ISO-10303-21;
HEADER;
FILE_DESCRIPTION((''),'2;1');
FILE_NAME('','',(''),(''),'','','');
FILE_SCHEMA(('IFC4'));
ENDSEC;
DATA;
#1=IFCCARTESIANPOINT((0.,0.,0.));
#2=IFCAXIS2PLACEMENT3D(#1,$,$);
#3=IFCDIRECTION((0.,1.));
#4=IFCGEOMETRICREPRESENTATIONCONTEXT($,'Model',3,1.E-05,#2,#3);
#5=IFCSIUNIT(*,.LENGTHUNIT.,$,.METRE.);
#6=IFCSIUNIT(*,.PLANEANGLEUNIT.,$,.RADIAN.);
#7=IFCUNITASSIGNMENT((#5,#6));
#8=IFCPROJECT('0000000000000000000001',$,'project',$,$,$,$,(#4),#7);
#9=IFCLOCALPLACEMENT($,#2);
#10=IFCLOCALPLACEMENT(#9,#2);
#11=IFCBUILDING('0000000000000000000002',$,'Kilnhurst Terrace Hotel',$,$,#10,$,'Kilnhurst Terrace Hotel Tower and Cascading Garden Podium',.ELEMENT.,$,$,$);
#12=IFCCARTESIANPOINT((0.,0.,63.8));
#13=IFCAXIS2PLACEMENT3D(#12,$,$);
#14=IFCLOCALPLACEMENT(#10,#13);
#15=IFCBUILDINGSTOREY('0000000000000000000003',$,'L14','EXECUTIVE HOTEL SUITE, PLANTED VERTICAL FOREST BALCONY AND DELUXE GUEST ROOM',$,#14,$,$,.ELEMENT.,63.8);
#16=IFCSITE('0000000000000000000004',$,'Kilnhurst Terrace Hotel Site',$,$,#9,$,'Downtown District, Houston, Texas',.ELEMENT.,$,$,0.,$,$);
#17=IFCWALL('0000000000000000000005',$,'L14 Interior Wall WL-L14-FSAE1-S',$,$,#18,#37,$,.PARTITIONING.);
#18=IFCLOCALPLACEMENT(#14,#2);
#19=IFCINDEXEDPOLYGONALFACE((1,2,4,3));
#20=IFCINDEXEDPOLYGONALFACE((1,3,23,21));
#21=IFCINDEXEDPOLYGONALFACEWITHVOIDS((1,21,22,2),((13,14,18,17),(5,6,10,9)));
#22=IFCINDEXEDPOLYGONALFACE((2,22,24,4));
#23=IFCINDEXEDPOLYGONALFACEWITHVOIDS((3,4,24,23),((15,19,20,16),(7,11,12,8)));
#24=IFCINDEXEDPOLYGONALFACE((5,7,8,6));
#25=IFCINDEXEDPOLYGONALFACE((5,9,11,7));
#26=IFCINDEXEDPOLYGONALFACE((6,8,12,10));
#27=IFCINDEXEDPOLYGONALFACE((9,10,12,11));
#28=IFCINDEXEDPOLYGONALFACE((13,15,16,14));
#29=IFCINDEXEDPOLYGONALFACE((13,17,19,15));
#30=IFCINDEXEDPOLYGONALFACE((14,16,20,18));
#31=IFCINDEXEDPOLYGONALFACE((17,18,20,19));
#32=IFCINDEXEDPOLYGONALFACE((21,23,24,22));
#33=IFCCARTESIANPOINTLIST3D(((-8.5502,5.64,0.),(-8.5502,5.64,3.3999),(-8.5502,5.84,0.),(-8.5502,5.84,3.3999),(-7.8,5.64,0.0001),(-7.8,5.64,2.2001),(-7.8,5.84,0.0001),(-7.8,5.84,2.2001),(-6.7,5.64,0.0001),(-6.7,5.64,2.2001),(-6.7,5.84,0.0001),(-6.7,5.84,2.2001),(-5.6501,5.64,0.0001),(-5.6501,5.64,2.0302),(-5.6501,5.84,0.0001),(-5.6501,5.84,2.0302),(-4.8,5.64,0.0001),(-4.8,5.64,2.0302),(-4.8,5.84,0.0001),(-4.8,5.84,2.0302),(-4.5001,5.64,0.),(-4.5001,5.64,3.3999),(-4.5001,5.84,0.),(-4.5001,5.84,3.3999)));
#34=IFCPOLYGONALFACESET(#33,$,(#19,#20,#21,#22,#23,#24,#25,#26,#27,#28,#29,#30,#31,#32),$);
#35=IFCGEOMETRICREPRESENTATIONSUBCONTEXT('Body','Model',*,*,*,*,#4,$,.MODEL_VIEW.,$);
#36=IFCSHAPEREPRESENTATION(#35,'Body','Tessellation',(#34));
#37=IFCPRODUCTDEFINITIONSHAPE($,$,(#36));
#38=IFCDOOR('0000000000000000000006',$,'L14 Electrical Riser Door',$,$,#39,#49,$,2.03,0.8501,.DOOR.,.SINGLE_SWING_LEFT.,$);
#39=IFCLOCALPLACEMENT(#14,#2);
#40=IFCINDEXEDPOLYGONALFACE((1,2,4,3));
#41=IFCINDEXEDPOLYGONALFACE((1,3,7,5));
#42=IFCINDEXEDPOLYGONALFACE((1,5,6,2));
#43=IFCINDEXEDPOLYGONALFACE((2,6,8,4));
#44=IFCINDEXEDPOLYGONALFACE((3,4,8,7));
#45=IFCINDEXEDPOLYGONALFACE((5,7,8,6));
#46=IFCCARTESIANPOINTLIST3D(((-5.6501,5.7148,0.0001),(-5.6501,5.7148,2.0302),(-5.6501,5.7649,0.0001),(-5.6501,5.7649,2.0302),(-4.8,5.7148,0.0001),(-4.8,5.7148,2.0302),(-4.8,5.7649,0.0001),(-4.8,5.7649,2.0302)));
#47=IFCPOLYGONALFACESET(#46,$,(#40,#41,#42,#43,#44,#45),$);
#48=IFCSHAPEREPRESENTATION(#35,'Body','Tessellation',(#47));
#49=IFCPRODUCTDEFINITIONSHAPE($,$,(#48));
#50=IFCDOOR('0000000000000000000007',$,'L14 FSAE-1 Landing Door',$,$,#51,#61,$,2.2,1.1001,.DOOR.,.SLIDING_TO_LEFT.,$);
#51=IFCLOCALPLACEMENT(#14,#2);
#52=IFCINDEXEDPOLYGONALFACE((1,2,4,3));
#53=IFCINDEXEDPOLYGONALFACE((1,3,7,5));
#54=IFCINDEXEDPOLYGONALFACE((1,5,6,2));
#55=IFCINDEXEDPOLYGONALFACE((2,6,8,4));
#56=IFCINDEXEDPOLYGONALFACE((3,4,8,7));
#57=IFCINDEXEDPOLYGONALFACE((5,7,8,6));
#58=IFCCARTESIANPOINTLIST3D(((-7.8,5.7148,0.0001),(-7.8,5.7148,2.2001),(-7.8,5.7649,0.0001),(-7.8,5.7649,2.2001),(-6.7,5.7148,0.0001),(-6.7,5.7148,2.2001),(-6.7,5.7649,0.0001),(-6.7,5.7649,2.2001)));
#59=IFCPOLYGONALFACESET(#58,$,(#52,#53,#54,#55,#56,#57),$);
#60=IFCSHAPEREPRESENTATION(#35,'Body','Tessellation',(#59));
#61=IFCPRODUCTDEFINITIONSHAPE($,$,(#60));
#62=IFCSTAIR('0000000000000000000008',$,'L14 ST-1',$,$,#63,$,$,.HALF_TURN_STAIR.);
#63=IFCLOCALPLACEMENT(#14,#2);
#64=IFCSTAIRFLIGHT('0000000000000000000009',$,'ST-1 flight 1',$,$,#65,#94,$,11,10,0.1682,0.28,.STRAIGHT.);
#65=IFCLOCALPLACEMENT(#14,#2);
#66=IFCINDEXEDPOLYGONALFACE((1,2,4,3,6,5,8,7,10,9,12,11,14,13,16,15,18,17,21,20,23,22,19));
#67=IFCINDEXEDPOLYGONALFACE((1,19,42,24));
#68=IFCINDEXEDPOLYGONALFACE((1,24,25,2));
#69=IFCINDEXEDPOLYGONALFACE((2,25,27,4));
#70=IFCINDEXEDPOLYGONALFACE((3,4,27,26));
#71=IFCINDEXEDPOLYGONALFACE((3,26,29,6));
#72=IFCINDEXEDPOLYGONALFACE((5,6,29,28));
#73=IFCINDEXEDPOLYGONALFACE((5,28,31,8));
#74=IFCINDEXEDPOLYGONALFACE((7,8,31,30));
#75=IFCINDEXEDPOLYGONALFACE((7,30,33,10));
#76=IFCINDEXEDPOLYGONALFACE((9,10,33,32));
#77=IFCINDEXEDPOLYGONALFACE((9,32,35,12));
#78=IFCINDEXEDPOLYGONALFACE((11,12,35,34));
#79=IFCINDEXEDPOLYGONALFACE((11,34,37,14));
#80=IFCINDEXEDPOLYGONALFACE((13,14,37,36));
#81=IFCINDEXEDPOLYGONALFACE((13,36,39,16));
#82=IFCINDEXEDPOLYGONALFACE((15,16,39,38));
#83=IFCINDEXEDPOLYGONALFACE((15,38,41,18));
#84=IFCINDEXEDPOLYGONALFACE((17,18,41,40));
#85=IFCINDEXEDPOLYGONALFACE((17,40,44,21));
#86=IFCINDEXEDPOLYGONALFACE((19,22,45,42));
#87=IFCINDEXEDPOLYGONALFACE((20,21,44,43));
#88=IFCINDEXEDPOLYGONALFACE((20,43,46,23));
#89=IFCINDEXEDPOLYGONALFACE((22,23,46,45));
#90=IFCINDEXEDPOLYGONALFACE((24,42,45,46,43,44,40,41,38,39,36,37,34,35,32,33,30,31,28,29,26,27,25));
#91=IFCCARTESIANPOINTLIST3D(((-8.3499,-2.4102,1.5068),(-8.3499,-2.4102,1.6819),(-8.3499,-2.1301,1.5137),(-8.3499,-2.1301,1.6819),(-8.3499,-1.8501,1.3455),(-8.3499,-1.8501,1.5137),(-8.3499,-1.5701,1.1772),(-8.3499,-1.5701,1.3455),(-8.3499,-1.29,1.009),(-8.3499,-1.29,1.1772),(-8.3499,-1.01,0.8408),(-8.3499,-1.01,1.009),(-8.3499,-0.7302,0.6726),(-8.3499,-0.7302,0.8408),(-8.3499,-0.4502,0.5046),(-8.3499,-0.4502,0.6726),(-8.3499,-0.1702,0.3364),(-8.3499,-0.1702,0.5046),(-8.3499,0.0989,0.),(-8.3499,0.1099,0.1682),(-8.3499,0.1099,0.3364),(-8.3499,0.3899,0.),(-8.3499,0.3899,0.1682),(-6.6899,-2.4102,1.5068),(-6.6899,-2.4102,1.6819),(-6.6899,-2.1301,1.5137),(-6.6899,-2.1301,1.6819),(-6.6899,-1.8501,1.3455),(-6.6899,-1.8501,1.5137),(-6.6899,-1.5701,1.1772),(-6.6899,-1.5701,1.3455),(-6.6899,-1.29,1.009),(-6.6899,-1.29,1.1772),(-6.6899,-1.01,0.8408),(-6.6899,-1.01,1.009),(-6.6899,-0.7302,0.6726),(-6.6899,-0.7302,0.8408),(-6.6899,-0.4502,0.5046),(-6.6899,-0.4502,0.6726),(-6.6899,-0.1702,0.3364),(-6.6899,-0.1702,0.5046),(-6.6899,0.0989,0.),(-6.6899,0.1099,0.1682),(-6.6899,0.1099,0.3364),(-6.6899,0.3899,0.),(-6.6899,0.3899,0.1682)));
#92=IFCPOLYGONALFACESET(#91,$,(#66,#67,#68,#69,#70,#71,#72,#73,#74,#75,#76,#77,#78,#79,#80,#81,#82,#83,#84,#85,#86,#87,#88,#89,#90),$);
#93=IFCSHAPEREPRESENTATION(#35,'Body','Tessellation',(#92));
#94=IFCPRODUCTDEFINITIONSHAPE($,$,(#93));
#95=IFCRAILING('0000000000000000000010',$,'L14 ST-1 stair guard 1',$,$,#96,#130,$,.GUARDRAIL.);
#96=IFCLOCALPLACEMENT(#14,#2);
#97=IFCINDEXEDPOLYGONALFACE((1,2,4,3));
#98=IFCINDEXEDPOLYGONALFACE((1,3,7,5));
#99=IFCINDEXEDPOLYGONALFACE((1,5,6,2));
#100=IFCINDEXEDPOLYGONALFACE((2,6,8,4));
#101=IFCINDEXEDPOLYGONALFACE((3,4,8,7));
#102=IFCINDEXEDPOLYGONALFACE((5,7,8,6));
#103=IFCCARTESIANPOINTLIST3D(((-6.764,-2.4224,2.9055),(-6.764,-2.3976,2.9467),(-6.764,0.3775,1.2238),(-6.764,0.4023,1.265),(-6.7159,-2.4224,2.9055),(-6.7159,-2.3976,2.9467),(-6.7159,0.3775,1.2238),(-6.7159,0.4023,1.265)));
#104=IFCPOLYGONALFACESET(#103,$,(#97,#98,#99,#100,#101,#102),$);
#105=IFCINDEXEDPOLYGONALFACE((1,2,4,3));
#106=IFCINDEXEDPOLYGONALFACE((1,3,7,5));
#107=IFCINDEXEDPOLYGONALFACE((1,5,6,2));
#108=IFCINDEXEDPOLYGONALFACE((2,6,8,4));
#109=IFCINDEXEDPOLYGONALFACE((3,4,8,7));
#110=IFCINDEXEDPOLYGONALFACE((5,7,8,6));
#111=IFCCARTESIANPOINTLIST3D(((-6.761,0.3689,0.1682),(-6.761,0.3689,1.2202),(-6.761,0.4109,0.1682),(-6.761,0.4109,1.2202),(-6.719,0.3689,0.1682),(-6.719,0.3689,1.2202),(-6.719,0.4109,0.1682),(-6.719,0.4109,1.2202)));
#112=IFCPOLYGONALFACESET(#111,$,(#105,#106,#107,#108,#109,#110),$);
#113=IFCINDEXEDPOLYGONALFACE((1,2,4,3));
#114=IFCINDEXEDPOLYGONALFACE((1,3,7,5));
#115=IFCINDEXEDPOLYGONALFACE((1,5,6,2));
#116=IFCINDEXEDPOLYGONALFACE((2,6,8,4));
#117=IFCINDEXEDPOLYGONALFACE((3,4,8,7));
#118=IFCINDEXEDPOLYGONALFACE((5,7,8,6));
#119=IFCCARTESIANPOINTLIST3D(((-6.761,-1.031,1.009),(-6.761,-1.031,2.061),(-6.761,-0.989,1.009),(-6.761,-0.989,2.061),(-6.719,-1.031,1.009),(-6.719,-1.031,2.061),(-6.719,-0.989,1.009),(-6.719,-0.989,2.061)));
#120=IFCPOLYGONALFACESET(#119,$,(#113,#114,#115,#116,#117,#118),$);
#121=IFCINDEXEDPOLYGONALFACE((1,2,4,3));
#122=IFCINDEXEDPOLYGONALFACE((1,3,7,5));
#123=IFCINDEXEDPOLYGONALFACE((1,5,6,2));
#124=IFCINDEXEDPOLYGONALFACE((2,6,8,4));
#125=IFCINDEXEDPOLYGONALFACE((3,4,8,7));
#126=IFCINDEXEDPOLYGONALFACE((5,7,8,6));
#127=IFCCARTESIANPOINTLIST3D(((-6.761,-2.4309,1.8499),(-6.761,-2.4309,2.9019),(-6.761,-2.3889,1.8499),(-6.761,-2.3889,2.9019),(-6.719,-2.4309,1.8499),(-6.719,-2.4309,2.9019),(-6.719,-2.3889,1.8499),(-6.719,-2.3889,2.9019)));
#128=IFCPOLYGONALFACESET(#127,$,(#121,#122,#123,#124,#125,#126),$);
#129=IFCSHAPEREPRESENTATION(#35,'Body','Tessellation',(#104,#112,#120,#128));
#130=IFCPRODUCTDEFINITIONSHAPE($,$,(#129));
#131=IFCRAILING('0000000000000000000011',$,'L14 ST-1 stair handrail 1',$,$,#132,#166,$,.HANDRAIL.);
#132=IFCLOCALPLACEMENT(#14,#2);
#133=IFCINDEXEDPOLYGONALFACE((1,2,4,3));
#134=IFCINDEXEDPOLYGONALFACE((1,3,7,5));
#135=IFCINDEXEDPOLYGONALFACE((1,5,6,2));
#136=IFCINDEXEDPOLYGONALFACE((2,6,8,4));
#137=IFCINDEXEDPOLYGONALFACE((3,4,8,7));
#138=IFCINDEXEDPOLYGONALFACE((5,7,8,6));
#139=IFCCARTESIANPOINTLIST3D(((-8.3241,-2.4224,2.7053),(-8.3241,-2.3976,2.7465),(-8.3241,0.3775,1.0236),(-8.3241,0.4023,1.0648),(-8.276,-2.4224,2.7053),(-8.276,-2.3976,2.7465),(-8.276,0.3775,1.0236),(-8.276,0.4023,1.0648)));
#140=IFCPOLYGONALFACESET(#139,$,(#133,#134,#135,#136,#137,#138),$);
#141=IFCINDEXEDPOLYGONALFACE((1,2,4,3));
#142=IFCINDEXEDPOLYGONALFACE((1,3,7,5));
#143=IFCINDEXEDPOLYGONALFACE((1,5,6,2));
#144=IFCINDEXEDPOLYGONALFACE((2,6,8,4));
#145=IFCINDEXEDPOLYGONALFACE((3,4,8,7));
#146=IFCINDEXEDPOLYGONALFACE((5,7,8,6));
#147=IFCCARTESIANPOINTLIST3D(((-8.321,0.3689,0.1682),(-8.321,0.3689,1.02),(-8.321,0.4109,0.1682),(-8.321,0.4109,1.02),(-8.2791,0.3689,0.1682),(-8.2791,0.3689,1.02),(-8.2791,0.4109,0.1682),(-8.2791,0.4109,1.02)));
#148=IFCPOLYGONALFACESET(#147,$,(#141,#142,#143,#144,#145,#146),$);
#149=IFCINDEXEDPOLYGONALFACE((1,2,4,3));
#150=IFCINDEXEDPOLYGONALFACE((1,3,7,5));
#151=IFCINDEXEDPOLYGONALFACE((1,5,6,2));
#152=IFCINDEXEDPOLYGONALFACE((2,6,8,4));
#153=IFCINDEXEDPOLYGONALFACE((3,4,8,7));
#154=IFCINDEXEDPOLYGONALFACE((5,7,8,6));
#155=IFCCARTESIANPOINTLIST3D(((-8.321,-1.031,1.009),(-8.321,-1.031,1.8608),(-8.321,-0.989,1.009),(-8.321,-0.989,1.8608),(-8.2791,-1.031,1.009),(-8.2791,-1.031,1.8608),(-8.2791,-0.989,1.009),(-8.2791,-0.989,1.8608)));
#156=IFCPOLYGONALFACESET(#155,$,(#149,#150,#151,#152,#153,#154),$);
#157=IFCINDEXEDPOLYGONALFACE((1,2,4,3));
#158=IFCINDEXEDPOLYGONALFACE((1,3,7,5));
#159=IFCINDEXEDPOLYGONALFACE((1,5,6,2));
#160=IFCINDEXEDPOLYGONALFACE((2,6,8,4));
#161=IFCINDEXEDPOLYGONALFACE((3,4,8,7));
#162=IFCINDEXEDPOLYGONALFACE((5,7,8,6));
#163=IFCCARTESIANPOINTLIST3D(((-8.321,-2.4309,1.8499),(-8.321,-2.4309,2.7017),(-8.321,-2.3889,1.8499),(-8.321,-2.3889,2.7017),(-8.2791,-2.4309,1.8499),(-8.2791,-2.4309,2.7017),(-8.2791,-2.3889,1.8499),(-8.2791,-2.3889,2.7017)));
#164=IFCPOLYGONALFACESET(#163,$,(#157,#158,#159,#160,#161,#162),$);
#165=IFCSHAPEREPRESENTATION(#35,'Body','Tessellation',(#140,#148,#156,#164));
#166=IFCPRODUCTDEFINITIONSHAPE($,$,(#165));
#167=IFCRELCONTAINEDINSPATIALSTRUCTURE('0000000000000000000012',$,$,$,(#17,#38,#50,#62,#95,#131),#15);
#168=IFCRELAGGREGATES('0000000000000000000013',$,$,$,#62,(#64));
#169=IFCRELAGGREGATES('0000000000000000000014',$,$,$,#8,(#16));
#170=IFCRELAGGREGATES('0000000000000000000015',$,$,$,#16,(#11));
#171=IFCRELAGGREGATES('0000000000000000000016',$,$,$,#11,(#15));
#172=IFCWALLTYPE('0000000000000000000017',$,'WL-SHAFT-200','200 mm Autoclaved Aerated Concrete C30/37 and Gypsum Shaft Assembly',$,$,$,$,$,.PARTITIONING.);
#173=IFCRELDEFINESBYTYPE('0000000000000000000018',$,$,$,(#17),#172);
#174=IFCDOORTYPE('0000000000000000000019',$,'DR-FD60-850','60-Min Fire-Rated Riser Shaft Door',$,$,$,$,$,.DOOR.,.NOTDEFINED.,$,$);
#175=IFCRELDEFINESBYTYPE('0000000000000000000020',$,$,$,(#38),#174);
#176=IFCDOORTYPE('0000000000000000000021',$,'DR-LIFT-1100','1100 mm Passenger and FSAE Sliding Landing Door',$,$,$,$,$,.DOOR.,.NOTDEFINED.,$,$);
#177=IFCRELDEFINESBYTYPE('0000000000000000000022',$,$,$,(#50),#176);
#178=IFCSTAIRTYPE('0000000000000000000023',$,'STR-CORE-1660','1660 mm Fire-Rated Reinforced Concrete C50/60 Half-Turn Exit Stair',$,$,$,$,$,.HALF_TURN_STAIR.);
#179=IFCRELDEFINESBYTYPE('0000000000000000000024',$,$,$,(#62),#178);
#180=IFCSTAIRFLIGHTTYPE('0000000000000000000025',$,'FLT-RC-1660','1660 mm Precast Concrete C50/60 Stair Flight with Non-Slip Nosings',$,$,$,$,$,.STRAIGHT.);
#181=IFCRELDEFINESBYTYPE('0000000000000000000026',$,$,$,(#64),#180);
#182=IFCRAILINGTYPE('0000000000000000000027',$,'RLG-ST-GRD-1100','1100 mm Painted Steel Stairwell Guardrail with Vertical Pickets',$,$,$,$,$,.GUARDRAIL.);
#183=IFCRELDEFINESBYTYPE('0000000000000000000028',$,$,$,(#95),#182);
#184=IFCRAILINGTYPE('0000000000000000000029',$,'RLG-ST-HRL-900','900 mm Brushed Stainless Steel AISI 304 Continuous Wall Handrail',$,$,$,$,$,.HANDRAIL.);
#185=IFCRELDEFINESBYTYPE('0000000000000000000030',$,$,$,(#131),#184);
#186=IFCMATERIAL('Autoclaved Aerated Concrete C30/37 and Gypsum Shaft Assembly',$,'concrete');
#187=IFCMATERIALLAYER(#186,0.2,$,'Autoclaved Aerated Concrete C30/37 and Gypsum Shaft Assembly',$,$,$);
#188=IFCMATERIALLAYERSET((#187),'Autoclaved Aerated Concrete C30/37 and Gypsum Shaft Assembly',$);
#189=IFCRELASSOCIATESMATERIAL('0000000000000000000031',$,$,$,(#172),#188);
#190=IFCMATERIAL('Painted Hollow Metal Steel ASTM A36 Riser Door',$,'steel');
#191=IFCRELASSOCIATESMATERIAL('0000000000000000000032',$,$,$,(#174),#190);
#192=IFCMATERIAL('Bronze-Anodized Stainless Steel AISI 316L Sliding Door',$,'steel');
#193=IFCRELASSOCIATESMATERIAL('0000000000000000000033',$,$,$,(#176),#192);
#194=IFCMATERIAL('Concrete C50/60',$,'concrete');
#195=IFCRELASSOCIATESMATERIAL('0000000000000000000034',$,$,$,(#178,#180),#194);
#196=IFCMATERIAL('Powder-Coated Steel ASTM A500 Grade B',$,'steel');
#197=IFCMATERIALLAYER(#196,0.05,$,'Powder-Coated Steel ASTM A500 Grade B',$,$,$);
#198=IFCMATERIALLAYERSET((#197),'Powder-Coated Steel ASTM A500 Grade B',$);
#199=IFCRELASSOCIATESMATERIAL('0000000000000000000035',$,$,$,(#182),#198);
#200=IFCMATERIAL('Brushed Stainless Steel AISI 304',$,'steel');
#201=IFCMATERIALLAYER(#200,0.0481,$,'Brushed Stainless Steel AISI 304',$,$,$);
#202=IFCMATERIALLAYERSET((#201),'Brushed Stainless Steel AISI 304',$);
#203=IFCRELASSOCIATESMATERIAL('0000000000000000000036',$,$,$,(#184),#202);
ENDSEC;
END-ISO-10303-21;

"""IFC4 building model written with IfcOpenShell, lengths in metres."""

from ifc_helpers import new_model, si_unit, direction, frame, frame_2d, origin, origin_2d, place, context, subcontext, project, spatial, polyline, rectangle, outline, extrude, material, layer, layer_set, type_object, element, fill, aggregate, save


model = new_model("IFC4")

# Units and contexts
model_context = context("Model", 3, precision=1e-05, world=origin(), true_north=direction((0.0, 1.0)))
body_context = subcontext(model_context, "Body", "Model", "MODEL_VIEW")
ifc_project = project(units=[si_unit("LENGTHUNIT", "METRE"), si_unit("PLANEANGLEUNIT", "RADIAN")], contexts=[model_context])

# Site, building, storey
site_placement = place(None, origin())
site = spatial("IfcSite", under=ifc_project, at=site_placement, Name="Kilnhurst Terrace Hotel Site", LongName="Downtown District, Houston, Texas", CompositionType="ELEMENT", RefElevation=0.0)
building_placement = place(site_placement, origin())
building = spatial("IfcBuilding", under=site, at=building_placement, Name="Kilnhurst Terrace Hotel", LongName="Kilnhurst Terrace Hotel Tower and Cascading Garden Podium", CompositionType="ELEMENT")
storey_placement = place(building_placement, frame((0.0, 0.0, 63.8)))
storey = spatial("IfcBuildingStorey", under=building, at=storey_placement, Name="L14", Description="EXECUTIVE HOTEL SUITE, PLANTED VERTICAL FOREST BALCONY AND DELUXE GUEST ROOM", CompositionType="ELEMENT", Elevation=63.8)

# Shared definitions
ifc_material_1 = material(Name="Concrete C50/60", Category="concrete")

# Wall, openings, doors
ifc_material_2 = material(Name="Autoclaved Aerated Concrete C30/37 and Gypsum Shaft Assembly", Category="concrete")
ifc_layer_1 = layer(ifc_material_2, 0.2, Name="Autoclaved Aerated Concrete C30/37 and Gypsum Shaft Assembly")
ifc_layer_set_1 = layer_set([ifc_layer_1], Name="Autoclaved Aerated Concrete C30/37 and Gypsum Shaft Assembly")
wall_type_1 = type_object("IfcWallType", Name="WL-SHAFT-200", Description="200 mm Autoclaved Aerated Concrete C30/37 and Gypsum Shaft Assembly", PredefinedType="PARTITIONING", material=ifc_layer_set_1)
wall_1_placement = place(storey_placement, frame((-8.55, 5.74, 0.0), z_axis=(0.0, 0.0, 1.0), x_axis=(1.0, 0.0, 0.0)))
wall_1 = element("IfcWall", 1, at=wall_1_placement, inside=storey, type_object=wall_type_1, Name="L14 Interior Wall WL-L14-FSAE1-S", PredefinedType="PARTITIONING", context=body_context, shape_type="SweptSolid", body=[
    extrude(rectangle(XDim=4.05, YDim=0.2, at=frame_2d((2.0249, 0.0))), origin(), (0.0, 0.0, 1.0), 3.3999),
])
opening_1_placement = place(wall_1_placement, frame((0.75, 0.0, 0.0)))
opening_1 = element("IfcOpeningElement", 2, at=opening_1_placement, cuts=wall_1, PredefinedType="OPENING", context=body_context, shape_type="SweptSolid", body=[
    extrude(rectangle(XDim=1.1001, YDim=2.2, at=frame_2d((0.55, 1.1001))), frame((0.0, 0.1099, 0.0), z_axis=(0.0, -1.0, 0.0), x_axis=(1.0, 0.0, 0.0)), (0.0, 0.0, 1.0), 0.22),
])
opening_2_placement = place(wall_1_placement, frame((2.8999, 0.0, 0.0)))
opening_2 = element("IfcOpeningElement", 3, at=opening_2_placement, cuts=wall_1, PredefinedType="OPENING", context=body_context, shape_type="SweptSolid", body=[
    extrude(rectangle(XDim=0.8501, YDim=2.03, at=frame_2d((0.425, 1.0151))), frame((0.0, 0.1099, 0.0), z_axis=(0.0, -1.0, 0.0), x_axis=(1.0, 0.0, 0.0)), (0.0, 0.0, 1.0), 0.22),
])
ifc_material_3 = material(Name="Painted Hollow Metal Steel ASTM A36 Riser Door", Category="steel")
door_type_1 = type_object("IfcDoorType", Name="DR-FD60-850", Description="60-Min Fire-Rated Riser Shaft Door", OperationType="NOTDEFINED", PredefinedType="DOOR", material=ifc_material_3)
door_1_placement = place(opening_2_placement, origin())
door_1 = element("IfcDoor", 4, at=door_1_placement, inside=storey, type_object=door_type_1, Name="L14 Electrical Riser Door", OperationType="SINGLE_SWING_LEFT", OverallHeight=2.03, OverallWidth=0.8501, PredefinedType="DOOR", context=body_context, shape_type="SweptSolid", body=[
    extrude(rectangle(XDim=0.8501, YDim=2.03, at=frame_2d((0.425, 1.0151))), frame((0.0, 0.0249, 0.0), z_axis=(0.0, -1.0, 0.0), x_axis=(1.0, 0.0, 0.0)), (0.0, 0.0, 1.0), 0.05),
])
fill(opening_2, door_1)
ifc_material_4 = material(Name="Bronze-Anodized Stainless Steel AISI 316L Sliding Door", Category="steel")
door_type_2 = type_object("IfcDoorType", Name="DR-LIFT-1100", Description="1100 mm Passenger and FSAE Sliding Landing Door", OperationType="NOTDEFINED", PredefinedType="DOOR", material=ifc_material_4)
door_2_placement = place(opening_1_placement, origin())
door_2 = element("IfcDoor", 5, at=door_2_placement, inside=storey, type_object=door_type_2, Name="L14 FSAE-1 Landing Door", OperationType="SLIDING_TO_LEFT", OverallHeight=2.2, OverallWidth=1.1001, PredefinedType="DOOR", context=body_context, shape_type="SweptSolid", body=[
    extrude(rectangle(XDim=1.1001, YDim=2.2, at=frame_2d((0.55, 1.1001))), frame((0.0, 0.0249, 0.0), z_axis=(0.0, -1.0, 0.0), x_axis=(1.0, 0.0, 0.0)), (0.0, 0.0, 1.0), 0.05),
])
fill(opening_1, door_2)

# Stair, stair flight
stair_type = type_object("IfcStairType", Name="STR-CORE-1660", Description="1660 mm Fire-Rated Reinforced Concrete C50/60 Half-Turn Exit Stair", PredefinedType="HALF_TURN_STAIR", material=ifc_material_1)
stair_placement = place(storey_placement, origin())
stair = element("IfcStair", 6, at=stair_placement, inside=storey, type_object=stair_type, Name="L14 ST-1", PredefinedType="HALF_TURN_STAIR")
stair_flight_type = type_object("IfcStairFlightType", Name="FLT-RC-1660", Description="1660 mm Precast Concrete C50/60 Stair Flight with Non-Slip Nosings", PredefinedType="STRAIGHT", material=ifc_material_1)
stair_flight_placement = place(storey_placement, frame((-7.52, 0.3899, 0.0), z_axis=(0.0, 0.0, 1.0), x_axis=(0.0, -1.0, 0.0)))
stair_flight = element("IfcStairFlight", 7, at=stair_flight_placement, type_object=stair_flight_type, Name="ST-1 flight 1", NumberOfRisers=11, NumberOfTreads=10, PredefinedType="STRAIGHT", RiserHeight=0.1682, TreadLength=0.28, context=body_context, shape_type="SweptSolid", body=[
    extrude(outline(polyline([(0.0, 0.0), (0.0, 0.1682), (0.28, 0.1682), (0.28, 0.3364), (0.5601, 0.3364), (0.5601, 0.5046), (0.8401, 0.5046), (0.8401, 0.6726), (1.1201, 0.6726), (1.1201, 0.8408), (1.3999, 0.8408), (1.3999, 1.009), (1.6799, 1.009), (1.6799, 1.1772), (1.96, 1.1772), (1.96, 1.3455), (2.24, 1.3455), (2.24, 1.5137), (2.52, 1.5137), (2.52, 1.6819), (2.8, 1.6819), (2.8, 1.8501), (2.8, 1.5068), (0.291, 0.0), (0.0, 0.0)])), frame((0.0, 0.8301, 0.0), z_axis=(0.0, -1.0, 0.0), x_axis=(1.0, 0.0, 0.0)), (0.0, 0.0, 1.0), 1.6599),
])
aggregate(stair, [stair_flight])

# Railings
ifc_material_5 = material(Name="Powder-Coated Steel ASTM A500 Grade B", Category="steel")
ifc_layer_2 = layer(ifc_material_5, 0.05, Name="Powder-Coated Steel ASTM A500 Grade B")
ifc_layer_set_2 = layer_set([ifc_layer_2], Name="Powder-Coated Steel ASTM A500 Grade B")
railing_type_1 = type_object("IfcRailingType", Name="RLG-ST-GRD-1100", Description="1100 mm Painted Steel Stairwell Guardrail with Vertical Pickets", PredefinedType="GUARDRAIL", material=ifc_layer_set_2)
railing_1_placement = place(storey_placement, frame((-6.74, 0.3899, 0.1682)))
element("IfcRailing", 8, at=railing_1_placement, inside=storey, type_object=railing_type_1, Name="L14 ST-1 stair guard 1", PredefinedType="GUARDRAIL", context=body_context, shape_type="SweptSolid", body=[
    extrude(rectangle(XDim=0.0481, YDim=0.0481, at=origin_2d()), frame((0.0, 0.0, 1.0762), z_axis=(0.0, -0.857255, 0.514891), x_axis=(1.0, 0.0, 0.0)), (0.0, 0.0, 1.0), 3.2661),
    extrude(rectangle(XDim=0.042, YDim=0.042, at=origin_2d()), origin(), (0.0, 0.0, 1.0), 1.052),
    extrude(rectangle(XDim=0.042, YDim=0.042, at=origin_2d()), frame((0.0, -1.3999, 0.8408)), (0.0, 0.0, 1.0), 1.052),
    extrude(rectangle(XDim=0.042, YDim=0.042, at=origin_2d()), frame((0.0, -2.7998, 1.6816)), (0.0, 0.0, 1.0), 1.052),
])
ifc_material_6 = material(Name="Brushed Stainless Steel AISI 304", Category="steel")
ifc_layer_3 = layer(ifc_material_6, 0.0481, Name="Brushed Stainless Steel AISI 304")
ifc_layer_set_3 = layer_set([ifc_layer_3], Name="Brushed Stainless Steel AISI 304")
railing_type_2 = type_object("IfcRailingType", Name="RLG-ST-HRL-900", Description="900 mm Brushed Stainless Steel AISI 304 Continuous Wall Handrail", PredefinedType="HANDRAIL", material=ifc_layer_set_3)
railing_2_placement = place(storey_placement, frame((-8.3, 0.3899, 0.1682)))
element("IfcRailing", 9, at=railing_2_placement, inside=storey, type_object=railing_type_2, Name="L14 ST-1 stair handrail 1", PredefinedType="HANDRAIL", context=body_context, shape_type="SweptSolid", body=[
    extrude(rectangle(XDim=0.0481, YDim=0.0481, at=origin_2d()), frame((0.0, 0.0, 0.876), z_axis=(0.0, -0.857255, 0.514891), x_axis=(1.0, 0.0, 0.0)), (0.0, 0.0, 1.0), 3.2661),
    extrude(rectangle(XDim=0.042, YDim=0.042, at=origin_2d()), origin(), (0.0, 0.0, 1.0), 0.8518),
    extrude(rectangle(XDim=0.042, YDim=0.042, at=origin_2d()), frame((0.0, -1.3999, 0.8408)), (0.0, 0.0, 1.0), 0.8518),
    extrude(rectangle(XDim=0.042, YDim=0.042, at=origin_2d()), frame((0.0, -2.7998, 1.6816)), (0.0, 0.0, 1.0), 0.8518),
])

save(model, "model.ifc")
